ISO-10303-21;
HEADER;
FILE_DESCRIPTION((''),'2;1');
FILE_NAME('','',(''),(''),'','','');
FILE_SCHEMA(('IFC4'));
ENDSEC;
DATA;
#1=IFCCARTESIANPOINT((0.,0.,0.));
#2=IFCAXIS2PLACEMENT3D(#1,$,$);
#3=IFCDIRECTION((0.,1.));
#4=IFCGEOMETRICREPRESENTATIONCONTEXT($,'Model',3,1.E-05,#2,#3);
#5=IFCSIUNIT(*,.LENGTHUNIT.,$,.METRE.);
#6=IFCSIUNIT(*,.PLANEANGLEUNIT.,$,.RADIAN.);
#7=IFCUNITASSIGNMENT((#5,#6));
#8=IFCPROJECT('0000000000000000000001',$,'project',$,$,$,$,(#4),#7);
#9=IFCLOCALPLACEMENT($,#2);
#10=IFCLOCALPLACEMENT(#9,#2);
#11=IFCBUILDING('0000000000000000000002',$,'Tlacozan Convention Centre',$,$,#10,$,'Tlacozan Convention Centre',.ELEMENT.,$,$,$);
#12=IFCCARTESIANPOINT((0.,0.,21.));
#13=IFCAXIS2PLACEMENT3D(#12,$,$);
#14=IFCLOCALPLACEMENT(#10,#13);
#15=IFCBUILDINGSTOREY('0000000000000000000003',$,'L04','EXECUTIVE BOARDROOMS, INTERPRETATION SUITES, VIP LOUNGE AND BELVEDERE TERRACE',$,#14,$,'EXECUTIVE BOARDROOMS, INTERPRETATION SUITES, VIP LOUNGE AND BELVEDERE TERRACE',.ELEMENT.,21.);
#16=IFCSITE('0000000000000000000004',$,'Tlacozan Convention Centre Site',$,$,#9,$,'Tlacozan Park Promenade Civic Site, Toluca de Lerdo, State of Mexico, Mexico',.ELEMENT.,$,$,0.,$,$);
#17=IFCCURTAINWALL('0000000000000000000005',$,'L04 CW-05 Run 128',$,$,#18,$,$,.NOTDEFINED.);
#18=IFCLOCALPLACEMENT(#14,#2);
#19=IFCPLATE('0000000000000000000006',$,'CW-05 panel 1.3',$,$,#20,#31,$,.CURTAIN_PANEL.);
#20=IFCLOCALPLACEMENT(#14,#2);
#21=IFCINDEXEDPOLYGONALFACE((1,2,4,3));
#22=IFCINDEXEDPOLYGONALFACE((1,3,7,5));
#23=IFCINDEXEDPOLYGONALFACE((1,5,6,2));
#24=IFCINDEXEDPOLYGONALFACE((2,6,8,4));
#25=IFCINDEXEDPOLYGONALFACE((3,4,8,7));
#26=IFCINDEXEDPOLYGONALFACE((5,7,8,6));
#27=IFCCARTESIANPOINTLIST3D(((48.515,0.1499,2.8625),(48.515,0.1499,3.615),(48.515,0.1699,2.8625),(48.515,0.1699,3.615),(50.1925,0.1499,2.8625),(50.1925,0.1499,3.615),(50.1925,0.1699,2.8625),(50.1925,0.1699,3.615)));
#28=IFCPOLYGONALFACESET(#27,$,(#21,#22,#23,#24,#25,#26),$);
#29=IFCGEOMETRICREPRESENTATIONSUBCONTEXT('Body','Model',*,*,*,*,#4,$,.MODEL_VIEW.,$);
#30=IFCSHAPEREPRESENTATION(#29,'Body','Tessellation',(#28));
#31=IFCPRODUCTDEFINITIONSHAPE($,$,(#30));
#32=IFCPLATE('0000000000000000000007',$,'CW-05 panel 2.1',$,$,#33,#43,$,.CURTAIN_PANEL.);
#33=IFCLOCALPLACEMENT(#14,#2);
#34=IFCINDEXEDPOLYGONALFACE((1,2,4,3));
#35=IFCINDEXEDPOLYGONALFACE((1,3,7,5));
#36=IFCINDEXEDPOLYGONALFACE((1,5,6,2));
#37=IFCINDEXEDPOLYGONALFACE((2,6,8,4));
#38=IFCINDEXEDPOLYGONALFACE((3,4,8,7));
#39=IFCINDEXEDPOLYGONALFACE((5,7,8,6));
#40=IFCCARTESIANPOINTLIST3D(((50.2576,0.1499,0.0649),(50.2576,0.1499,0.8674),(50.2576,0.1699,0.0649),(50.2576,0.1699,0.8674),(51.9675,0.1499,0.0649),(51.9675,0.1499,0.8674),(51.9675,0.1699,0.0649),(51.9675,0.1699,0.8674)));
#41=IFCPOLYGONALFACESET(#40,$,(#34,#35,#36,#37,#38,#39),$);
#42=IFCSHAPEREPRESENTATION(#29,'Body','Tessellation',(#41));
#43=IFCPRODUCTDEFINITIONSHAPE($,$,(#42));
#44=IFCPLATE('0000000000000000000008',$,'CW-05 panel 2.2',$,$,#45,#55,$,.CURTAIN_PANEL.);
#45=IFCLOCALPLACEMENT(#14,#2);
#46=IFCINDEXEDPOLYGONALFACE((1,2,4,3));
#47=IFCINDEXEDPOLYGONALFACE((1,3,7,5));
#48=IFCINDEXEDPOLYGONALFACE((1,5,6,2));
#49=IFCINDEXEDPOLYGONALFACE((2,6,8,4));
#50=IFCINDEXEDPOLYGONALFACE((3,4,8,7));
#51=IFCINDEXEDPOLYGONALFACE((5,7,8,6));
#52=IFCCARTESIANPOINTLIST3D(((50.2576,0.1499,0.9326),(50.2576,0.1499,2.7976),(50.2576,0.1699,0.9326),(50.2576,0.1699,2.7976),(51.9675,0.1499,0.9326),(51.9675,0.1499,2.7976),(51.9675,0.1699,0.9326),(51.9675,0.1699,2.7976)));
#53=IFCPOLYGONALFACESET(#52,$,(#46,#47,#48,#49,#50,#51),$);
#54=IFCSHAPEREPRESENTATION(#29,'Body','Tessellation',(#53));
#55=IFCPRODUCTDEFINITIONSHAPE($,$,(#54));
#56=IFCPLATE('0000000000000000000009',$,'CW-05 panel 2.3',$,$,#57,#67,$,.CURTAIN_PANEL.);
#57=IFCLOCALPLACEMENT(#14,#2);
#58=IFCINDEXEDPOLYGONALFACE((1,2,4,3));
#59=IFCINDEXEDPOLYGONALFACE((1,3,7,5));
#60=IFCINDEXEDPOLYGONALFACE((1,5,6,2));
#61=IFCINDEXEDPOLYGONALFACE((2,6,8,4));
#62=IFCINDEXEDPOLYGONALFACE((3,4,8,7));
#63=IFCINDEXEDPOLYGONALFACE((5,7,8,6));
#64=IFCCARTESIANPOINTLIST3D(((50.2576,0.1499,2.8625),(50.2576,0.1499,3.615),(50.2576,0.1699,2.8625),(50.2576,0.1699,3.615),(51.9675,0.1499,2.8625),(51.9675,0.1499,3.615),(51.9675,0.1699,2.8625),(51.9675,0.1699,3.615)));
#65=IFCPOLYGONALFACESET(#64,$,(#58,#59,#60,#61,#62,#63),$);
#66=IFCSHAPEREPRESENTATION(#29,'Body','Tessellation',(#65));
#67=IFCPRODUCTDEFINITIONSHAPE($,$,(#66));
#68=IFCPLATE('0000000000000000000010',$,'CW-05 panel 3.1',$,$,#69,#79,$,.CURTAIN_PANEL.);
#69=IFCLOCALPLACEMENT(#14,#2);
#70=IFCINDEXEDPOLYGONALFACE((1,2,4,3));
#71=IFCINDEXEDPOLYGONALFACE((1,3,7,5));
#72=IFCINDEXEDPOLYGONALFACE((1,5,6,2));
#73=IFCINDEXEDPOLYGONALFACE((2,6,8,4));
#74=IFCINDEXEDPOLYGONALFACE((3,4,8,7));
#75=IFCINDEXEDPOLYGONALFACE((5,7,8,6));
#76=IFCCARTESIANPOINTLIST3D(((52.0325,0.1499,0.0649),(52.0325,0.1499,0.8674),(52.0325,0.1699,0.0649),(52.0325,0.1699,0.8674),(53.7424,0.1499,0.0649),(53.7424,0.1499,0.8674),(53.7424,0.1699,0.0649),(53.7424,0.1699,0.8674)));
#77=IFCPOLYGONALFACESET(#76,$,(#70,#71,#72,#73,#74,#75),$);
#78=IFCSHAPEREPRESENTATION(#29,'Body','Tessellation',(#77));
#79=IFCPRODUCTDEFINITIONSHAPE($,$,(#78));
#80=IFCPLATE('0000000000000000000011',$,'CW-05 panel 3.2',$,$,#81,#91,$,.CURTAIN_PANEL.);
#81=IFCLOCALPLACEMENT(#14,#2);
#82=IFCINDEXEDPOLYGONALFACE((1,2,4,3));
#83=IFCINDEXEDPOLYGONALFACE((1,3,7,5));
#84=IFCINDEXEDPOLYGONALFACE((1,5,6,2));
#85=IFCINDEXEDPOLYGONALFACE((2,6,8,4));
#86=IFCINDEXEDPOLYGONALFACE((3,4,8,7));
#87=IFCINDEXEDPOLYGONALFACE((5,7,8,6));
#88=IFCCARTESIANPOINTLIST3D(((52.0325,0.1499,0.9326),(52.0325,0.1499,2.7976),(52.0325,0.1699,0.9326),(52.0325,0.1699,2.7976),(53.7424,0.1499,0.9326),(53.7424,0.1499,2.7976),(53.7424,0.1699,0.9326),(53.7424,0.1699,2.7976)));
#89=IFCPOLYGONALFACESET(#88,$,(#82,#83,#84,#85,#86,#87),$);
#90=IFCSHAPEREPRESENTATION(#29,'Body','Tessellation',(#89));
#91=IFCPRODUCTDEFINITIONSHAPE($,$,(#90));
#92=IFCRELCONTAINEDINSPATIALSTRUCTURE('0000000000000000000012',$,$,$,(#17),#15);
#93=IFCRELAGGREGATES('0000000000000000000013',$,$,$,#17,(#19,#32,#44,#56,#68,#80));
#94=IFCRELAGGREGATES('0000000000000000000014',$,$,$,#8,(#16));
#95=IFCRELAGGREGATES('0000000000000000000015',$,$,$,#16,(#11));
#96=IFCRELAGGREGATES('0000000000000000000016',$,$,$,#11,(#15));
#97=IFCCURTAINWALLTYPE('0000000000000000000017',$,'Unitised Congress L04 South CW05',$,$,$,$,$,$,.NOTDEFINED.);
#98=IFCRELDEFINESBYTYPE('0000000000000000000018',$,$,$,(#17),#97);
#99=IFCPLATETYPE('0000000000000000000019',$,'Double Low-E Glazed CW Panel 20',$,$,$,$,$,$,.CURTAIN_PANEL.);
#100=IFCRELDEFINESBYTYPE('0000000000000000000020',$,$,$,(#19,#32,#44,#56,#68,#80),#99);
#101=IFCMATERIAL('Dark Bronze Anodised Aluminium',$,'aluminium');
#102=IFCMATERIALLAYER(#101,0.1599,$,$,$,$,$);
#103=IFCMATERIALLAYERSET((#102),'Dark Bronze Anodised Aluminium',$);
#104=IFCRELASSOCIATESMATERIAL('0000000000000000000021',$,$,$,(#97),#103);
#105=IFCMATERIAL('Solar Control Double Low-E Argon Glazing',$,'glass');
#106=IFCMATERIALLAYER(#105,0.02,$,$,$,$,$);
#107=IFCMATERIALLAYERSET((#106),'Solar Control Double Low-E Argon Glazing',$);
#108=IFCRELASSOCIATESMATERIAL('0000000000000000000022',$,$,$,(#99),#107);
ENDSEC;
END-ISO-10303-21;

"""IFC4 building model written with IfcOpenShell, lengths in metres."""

from ifc_helpers import new_model, si_unit, direction, frame, origin, origin_2d, place, context, subcontext, project, spatial, rectangle, extrude, material, layer, layer_set, type_object, element, aggregate, save


model = new_model("IFC4")

# Units and contexts
model_context = context("Model", 3, precision=1e-05, world=origin(), true_north=direction((0.0, 1.0)))
body_context = subcontext(model_context, "Body", "Model", "MODEL_VIEW")
ifc_project = project(units=[si_unit("LENGTHUNIT", "METRE"), si_unit("PLANEANGLEUNIT", "RADIAN")], contexts=[model_context])

# Site, building, storey
site_placement = place(None, origin())
site = spatial("IfcSite", under=ifc_project, at=site_placement, Name="Tlacozan Convention Centre Site", LongName="Tlacozan Park Promenade Civic Site, Toluca de Lerdo, State of Mexico, Mexico", CompositionType="ELEMENT", RefElevation=0.0)
building_placement = place(site_placement, origin())
building = spatial("IfcBuilding", under=site, at=building_placement, Name="Tlacozan Convention Centre", LongName="Tlacozan Convention Centre", CompositionType="ELEMENT")
storey_placement = place(building_placement, frame((0.0, 0.0, 21.0)))
storey = spatial("IfcBuildingStorey", under=building, at=storey_placement, Name="L04", Description="EXECUTIVE BOARDROOMS, INTERPRETATION SUITES, VIP LOUNGE AND BELVEDERE TERRACE", LongName="EXECUTIVE BOARDROOMS, INTERPRETATION SUITES, VIP LOUNGE AND BELVEDERE TERRACE", CompositionType="ELEMENT", Elevation=21.0)

# Shared definitions
ifc_material_1 = material(Name="Dark Bronze Anodised Aluminium", Category="aluminium")
ifc_layer_1 = layer(ifc_material_1, 0.1599)
ifc_layer_set_1 = layer_set([ifc_layer_1], Name="Dark Bronze Anodised Aluminium")
curtain_wall_type = type_object("IfcCurtainWallType", Name="Unitised Congress L04 South CW05", PredefinedType="NOTDEFINED", material=ifc_layer_set_1)

# Curtain wall
curtain_wall_1_placement = place(storey_placement, origin())
curtain_wall_1 = element("IfcCurtainWall", 1, at=curtain_wall_1_placement, inside=storey, type_object=curtain_wall_type, Name="L04 CW-05 Run 128", PredefinedType="NOTDEFINED")

# Plates
ifc_material_2 = material(Name="Solar Control Double Low-E Argon Glazing", Category="glass")
ifc_layer_2 = layer(ifc_material_2, 0.02)
ifc_layer_set_2 = layer_set([ifc_layer_2], Name="Solar Control Double Low-E Argon Glazing")
plate_type = type_object("IfcPlateType", Name="Double Low-E Glazed CW Panel 20", PredefinedType="CURTAIN_PANEL", material=ifc_layer_set_2)
plate_1_placement = place(storey_placement, frame((49.3538, 0.1599, 2.8625), z_axis=(0.0, 0.0, 1.0), x_axis=(1.0, 0.0, 0.0)))
plate_1 = element("IfcPlate", 2, at=plate_1_placement, type_object=plate_type, Name="CW-05 panel 1.3", PredefinedType="CURTAIN_PANEL", context=body_context, shape_type="SweptSolid", body=[
    extrude(rectangle(XDim=1.6775, YDim=0.02, at=origin_2d()), origin(), (0.0, 0.0, 1.0), 0.7524),
])
plate_2_placement = place(storey_placement, frame((51.1125, 0.1599, 0.0649), z_axis=(0.0, 0.0, 1.0), x_axis=(1.0, 0.0, 0.0)))
plate_2 = element("IfcPlate", 3, at=plate_2_placement, type_object=plate_type, Name="CW-05 panel 2.1", PredefinedType="CURTAIN_PANEL", context=body_context, shape_type="SweptSolid", body=[
    extrude(rectangle(XDim=1.71, YDim=0.02, at=origin_2d()), origin(), (0.0, 0.0, 1.0), 0.8025),
])
plate_3_placement = place(storey_placement, frame((51.1125, 0.1599, 0.9326), z_axis=(0.0, 0.0, 1.0), x_axis=(1.0, 0.0, 0.0)))
plate_3 = element("IfcPlate", 4, at=plate_3_placement, type_object=plate_type, Name="CW-05 panel 2.2", PredefinedType="CURTAIN_PANEL", context=body_context, shape_type="SweptSolid", body=[
    extrude(rectangle(XDim=1.71, YDim=0.02, at=origin_2d()), origin(), (0.0, 0.0, 1.0), 1.865),
])
plate_4_placement = place(storey_placement, frame((51.1125, 0.1599, 2.8625), z_axis=(0.0, 0.0, 1.0), x_axis=(1.0, 0.0, 0.0)))
plate_4 = element("IfcPlate", 5, at=plate_4_placement, type_object=plate_type, Name="CW-05 panel 2.3", PredefinedType="CURTAIN_PANEL", context=body_context, shape_type="SweptSolid", body=[
    extrude(rectangle(XDim=1.71, YDim=0.02, at=origin_2d()), origin(), (0.0, 0.0, 1.0), 0.7524),
])
plate_5_placement = place(storey_placement, frame((52.8875, 0.1599, 0.0649), z_axis=(0.0, 0.0, 1.0), x_axis=(1.0, 0.0, 0.0)))
plate_5 = element("IfcPlate", 6, at=plate_5_placement, type_object=plate_type, Name="CW-05 panel 3.1", PredefinedType="CURTAIN_PANEL", context=body_context, shape_type="SweptSolid", body=[
    extrude(rectangle(XDim=1.71, YDim=0.02, at=origin_2d()), origin(), (0.0, 0.0, 1.0), 0.8025),
])
plate_6_placement = place(storey_placement, frame((52.8875, 0.1599, 0.9326), z_axis=(0.0, 0.0, 1.0), x_axis=(1.0, 0.0, 0.0)))
plate_6 = element("IfcPlate", 7, at=plate_6_placement, type_object=plate_type, Name="CW-05 panel 3.2", PredefinedType="CURTAIN_PANEL", context=body_context, shape_type="SweptSolid", body=[
    extrude(rectangle(XDim=1.71, YDim=0.02, at=origin_2d()), origin(), (0.0, 0.0, 1.0), 1.865),
])
aggregate(curtain_wall_1, [plate_1, plate_2, plate_3, plate_4, plate_5, plate_6])

save(model, "model.ifc")
